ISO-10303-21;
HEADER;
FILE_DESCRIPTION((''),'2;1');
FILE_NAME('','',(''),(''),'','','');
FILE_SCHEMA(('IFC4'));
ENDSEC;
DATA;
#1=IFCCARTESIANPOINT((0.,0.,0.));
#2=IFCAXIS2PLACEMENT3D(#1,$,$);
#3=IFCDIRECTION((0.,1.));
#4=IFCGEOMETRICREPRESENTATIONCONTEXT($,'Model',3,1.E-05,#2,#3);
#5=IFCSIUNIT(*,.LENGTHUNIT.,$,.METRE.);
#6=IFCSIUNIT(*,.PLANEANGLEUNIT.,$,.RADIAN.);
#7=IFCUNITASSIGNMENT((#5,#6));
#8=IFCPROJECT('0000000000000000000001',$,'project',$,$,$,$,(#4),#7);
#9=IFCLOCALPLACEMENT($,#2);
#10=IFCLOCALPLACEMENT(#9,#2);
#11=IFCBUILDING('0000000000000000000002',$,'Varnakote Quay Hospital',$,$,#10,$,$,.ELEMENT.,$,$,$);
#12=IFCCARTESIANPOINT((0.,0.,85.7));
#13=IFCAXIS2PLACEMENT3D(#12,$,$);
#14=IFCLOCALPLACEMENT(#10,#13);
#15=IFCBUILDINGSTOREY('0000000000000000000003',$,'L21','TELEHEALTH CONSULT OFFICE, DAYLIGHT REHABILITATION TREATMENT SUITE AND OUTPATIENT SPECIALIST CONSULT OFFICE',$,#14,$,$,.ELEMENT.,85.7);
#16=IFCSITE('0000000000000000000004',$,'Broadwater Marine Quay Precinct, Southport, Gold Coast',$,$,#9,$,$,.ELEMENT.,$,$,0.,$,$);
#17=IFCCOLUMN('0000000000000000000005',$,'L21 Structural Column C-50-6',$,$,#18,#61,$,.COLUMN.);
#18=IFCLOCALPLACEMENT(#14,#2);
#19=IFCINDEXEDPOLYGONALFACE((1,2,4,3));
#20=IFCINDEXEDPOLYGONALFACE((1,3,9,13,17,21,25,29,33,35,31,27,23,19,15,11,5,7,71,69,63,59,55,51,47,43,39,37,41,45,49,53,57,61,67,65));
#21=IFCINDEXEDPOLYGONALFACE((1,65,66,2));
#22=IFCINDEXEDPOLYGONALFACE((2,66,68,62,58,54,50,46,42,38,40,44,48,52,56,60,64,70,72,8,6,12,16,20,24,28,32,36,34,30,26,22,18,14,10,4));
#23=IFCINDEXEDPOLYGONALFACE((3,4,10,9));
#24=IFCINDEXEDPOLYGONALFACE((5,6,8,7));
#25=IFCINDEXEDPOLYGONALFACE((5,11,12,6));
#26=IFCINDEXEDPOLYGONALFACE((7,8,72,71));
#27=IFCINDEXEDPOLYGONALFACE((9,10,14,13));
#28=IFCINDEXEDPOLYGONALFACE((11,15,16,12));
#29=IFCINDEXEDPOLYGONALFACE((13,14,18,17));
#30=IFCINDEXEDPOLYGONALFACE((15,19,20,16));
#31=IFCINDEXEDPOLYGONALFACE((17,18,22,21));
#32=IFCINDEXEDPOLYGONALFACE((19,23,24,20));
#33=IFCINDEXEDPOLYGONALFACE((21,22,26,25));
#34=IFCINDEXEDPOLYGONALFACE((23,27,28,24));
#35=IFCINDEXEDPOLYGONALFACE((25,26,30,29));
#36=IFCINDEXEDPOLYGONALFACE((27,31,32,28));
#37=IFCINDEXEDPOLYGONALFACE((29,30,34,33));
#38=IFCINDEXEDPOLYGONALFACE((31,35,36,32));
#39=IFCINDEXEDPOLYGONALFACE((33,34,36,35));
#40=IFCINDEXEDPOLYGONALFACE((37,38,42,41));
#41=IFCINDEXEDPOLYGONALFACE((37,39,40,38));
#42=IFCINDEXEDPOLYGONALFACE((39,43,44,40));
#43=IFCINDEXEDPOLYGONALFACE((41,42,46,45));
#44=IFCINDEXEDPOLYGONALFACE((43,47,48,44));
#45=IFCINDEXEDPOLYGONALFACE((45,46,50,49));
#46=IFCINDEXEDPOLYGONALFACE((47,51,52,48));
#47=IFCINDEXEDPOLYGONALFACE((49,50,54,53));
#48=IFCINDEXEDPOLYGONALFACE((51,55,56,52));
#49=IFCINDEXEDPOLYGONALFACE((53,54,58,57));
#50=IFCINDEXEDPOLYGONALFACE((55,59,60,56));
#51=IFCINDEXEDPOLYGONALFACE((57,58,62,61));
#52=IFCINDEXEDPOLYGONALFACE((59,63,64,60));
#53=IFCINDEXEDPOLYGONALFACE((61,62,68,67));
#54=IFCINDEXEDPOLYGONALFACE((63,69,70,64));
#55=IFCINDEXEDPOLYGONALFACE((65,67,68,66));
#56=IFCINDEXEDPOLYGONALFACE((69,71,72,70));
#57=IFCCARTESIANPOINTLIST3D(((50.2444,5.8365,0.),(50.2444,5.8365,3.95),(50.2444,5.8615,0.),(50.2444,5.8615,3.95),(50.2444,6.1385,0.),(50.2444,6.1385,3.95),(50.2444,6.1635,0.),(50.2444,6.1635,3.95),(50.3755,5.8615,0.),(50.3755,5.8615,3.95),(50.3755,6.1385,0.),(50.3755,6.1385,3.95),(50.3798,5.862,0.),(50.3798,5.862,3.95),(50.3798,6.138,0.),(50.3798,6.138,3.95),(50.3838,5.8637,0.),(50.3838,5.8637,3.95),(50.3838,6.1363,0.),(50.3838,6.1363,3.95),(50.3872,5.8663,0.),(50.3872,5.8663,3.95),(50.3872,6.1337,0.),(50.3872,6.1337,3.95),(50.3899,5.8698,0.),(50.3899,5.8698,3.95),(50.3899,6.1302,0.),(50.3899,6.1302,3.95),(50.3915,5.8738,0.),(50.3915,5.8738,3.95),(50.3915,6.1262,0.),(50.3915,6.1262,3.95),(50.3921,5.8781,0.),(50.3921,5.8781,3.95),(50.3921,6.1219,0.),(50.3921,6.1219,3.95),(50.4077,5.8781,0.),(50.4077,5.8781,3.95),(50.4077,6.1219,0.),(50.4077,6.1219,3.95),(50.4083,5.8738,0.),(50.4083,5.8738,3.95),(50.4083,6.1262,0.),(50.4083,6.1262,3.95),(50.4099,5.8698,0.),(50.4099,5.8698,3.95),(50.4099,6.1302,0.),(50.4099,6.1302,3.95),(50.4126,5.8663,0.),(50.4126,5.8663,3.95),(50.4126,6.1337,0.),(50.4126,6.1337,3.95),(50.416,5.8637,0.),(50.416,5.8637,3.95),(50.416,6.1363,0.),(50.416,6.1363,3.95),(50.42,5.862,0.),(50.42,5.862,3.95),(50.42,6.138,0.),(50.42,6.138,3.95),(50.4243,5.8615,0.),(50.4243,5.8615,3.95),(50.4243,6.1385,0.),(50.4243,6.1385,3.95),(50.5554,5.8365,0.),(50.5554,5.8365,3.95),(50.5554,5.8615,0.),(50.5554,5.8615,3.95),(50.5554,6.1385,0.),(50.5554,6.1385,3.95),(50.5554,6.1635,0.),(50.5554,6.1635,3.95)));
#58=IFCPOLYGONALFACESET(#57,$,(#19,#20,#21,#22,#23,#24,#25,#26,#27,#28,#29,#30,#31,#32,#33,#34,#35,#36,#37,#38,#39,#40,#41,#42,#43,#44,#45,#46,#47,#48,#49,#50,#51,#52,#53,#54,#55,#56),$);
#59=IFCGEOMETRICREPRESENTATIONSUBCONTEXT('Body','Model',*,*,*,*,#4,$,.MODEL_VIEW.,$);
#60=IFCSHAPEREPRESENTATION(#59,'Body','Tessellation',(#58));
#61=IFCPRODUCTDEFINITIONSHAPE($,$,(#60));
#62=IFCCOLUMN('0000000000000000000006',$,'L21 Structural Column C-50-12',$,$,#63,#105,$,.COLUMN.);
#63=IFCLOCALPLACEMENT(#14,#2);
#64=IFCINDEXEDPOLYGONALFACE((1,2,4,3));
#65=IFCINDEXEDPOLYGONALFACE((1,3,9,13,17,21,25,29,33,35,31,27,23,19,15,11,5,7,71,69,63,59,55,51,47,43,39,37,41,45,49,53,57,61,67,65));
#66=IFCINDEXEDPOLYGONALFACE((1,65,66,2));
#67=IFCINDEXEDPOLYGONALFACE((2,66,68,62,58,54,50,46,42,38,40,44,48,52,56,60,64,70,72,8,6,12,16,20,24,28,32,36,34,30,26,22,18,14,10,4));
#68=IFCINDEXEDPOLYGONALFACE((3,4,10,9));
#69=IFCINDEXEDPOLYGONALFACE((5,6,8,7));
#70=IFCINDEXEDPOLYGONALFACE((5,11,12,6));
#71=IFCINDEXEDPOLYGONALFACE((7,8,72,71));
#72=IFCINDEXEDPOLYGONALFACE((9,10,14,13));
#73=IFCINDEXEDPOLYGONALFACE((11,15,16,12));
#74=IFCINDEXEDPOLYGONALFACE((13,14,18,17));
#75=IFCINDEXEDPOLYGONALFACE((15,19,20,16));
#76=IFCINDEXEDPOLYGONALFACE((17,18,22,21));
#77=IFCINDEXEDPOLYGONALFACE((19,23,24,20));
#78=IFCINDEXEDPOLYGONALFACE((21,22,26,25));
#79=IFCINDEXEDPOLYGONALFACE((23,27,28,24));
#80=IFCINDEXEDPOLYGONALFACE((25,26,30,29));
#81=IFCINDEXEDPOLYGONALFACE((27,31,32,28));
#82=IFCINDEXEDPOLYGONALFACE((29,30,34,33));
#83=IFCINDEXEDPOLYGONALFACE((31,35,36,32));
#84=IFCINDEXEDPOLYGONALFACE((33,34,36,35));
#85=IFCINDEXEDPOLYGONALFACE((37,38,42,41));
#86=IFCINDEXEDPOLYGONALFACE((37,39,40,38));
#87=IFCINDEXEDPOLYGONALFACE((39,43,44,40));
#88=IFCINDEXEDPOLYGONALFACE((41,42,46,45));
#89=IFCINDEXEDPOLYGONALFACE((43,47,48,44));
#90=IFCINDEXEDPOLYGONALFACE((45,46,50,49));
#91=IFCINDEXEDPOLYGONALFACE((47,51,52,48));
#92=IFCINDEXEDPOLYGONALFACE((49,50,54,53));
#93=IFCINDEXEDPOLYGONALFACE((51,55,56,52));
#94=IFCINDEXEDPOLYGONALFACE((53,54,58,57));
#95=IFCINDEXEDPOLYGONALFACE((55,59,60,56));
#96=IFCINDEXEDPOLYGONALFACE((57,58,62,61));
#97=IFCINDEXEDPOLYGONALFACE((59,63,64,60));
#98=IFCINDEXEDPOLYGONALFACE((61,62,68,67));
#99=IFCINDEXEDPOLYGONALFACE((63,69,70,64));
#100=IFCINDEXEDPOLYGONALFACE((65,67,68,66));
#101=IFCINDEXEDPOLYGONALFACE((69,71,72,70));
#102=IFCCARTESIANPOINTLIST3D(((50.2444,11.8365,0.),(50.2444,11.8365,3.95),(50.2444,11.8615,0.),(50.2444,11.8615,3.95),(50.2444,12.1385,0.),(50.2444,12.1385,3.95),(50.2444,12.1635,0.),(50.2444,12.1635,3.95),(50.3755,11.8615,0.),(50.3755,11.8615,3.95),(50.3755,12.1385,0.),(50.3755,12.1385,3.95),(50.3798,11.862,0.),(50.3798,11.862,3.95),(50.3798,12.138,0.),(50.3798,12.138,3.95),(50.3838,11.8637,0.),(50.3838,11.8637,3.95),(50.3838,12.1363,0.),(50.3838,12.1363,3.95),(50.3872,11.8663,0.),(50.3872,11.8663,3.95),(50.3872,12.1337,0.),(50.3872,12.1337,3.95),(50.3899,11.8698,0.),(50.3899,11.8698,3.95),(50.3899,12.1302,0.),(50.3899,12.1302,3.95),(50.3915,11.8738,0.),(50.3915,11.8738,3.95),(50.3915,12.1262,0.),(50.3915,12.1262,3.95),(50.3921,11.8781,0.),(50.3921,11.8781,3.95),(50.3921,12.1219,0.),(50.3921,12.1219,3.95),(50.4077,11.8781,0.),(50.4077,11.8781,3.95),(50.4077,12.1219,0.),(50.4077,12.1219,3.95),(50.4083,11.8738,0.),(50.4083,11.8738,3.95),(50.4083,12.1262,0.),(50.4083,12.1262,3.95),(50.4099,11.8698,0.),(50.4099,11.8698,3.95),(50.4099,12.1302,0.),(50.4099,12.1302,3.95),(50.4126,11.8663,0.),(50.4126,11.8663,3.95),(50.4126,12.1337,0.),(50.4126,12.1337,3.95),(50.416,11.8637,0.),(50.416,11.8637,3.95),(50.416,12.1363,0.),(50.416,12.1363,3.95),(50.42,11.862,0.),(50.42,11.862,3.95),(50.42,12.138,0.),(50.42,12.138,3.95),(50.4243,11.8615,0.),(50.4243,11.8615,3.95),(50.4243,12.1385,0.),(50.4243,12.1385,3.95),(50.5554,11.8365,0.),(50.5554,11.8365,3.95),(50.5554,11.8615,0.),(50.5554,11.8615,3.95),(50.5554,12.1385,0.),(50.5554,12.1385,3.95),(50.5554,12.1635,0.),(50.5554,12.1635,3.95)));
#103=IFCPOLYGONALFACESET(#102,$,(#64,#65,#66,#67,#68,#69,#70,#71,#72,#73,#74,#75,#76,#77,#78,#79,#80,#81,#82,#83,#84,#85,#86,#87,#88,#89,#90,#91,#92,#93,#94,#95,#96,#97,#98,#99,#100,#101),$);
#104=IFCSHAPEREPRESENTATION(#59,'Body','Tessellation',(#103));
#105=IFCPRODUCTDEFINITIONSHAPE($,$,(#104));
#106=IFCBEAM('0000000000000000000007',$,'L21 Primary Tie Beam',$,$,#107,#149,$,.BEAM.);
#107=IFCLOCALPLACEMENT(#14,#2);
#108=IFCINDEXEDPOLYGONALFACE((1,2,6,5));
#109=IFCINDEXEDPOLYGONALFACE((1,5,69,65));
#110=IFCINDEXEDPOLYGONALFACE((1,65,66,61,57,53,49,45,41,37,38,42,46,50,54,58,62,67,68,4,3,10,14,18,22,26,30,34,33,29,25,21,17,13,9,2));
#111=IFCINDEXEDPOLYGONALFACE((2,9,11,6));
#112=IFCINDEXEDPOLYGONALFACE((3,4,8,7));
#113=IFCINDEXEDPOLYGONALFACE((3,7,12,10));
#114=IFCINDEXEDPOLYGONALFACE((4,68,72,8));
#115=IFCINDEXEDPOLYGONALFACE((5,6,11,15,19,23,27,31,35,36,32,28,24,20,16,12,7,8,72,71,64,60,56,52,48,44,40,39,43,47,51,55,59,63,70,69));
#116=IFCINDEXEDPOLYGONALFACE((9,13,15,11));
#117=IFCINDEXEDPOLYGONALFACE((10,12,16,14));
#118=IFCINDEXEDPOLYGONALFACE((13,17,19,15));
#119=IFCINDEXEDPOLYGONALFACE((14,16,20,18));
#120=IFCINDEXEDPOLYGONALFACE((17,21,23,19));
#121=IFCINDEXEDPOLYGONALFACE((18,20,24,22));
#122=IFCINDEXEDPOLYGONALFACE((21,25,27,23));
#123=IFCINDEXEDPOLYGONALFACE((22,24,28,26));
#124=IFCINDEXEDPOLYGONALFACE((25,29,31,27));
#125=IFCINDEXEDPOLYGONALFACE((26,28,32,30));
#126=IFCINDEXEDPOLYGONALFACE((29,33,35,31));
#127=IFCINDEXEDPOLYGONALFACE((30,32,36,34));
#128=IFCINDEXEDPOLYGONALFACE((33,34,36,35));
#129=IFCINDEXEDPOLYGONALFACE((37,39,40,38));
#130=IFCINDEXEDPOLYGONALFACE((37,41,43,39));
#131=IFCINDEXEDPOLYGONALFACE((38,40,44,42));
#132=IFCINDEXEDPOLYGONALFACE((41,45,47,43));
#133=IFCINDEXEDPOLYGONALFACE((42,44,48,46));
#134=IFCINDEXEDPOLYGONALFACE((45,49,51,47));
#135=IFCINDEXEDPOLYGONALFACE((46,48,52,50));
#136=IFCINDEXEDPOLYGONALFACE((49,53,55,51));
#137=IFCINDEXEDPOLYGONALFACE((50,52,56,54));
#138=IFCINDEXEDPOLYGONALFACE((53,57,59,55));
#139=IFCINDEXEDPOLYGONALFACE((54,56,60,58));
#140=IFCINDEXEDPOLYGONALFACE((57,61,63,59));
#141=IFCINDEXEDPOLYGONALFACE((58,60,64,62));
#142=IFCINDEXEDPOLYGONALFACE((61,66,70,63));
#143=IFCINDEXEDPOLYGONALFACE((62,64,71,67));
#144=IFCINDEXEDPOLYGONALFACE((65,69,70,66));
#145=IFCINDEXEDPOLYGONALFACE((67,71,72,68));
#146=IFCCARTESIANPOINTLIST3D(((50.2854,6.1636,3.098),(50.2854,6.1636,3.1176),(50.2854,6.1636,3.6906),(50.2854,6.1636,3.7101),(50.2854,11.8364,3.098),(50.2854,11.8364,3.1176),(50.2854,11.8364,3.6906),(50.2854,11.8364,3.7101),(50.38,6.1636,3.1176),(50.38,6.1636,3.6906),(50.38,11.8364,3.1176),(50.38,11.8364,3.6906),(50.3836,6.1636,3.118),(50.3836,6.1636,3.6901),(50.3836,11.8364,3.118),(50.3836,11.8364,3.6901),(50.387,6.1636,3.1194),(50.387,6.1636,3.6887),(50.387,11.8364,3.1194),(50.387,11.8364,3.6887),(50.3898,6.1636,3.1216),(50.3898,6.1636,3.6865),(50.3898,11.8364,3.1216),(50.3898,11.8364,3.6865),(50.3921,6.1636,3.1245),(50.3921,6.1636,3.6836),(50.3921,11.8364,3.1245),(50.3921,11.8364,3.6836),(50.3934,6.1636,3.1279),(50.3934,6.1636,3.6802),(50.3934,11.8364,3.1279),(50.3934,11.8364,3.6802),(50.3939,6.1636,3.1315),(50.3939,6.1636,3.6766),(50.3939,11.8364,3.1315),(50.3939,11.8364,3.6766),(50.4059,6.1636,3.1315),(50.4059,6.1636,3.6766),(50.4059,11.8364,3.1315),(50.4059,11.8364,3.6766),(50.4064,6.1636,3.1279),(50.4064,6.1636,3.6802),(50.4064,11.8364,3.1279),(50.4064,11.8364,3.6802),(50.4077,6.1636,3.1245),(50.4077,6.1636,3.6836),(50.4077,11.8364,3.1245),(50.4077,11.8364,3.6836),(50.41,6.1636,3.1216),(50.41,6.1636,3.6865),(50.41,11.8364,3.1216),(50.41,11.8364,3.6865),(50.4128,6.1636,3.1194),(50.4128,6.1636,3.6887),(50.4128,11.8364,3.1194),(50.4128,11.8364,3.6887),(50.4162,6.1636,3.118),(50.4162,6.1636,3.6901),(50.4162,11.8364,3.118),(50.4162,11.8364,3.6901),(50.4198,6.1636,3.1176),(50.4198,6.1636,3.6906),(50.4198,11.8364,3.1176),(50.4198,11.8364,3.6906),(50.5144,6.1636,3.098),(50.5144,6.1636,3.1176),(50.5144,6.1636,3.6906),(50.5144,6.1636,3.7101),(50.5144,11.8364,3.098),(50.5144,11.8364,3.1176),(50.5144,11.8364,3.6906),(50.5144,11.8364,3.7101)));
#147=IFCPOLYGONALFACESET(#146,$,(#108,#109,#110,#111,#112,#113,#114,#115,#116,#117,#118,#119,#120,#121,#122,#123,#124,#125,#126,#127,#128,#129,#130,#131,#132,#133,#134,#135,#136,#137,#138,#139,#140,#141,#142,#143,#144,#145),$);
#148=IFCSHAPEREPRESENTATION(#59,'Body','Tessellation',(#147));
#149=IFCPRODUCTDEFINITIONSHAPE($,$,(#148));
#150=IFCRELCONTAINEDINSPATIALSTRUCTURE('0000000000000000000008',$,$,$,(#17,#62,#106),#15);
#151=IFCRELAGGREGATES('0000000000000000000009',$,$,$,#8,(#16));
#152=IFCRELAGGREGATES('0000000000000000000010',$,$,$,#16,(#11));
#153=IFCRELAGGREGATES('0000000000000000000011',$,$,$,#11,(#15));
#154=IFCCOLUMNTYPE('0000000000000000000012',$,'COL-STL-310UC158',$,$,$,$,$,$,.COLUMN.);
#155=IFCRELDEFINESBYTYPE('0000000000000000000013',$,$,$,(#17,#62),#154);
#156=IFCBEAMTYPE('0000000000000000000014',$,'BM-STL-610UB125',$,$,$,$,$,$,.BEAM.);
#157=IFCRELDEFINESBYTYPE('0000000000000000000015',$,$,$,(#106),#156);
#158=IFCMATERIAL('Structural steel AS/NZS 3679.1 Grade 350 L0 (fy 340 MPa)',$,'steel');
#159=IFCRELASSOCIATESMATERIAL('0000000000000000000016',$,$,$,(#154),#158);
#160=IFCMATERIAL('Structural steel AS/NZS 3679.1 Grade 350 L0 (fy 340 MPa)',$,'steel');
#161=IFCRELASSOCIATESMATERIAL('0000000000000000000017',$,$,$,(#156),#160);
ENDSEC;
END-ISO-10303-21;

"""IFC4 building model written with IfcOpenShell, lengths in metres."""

from ifc_helpers import new_model, si_unit, direction, frame, origin, origin_2d, place, context, subcontext, project, spatial, i_section, extrude, material, material_profile, profile_set, type_object, element, save


model = new_model("IFC4")

# Units and contexts
model_context = context("Model", 3, precision=1e-05, world=origin(), true_north=direction((0.0, 1.0)))
body_context = subcontext(model_context, "Body", "Model", "MODEL_VIEW")
ifc_project = project(units=[si_unit("LENGTHUNIT", "METRE"), si_unit("PLANEANGLEUNIT", "RADIAN")], contexts=[model_context])

# Site, building, storey
site_placement = place(None, origin())
site = spatial("IfcSite", under=ifc_project, at=site_placement, Name="Broadwater Marine Quay Precinct, Southport, Gold Coast", CompositionType="ELEMENT", RefElevation=0.0)
building_placement = place(site_placement, origin())
building = spatial("IfcBuilding", under=site, at=building_placement, Name="Varnakote Quay Hospital", CompositionType="ELEMENT")
storey_placement = place(building_placement, frame((0.0, 0.0, 85.7)))
storey = spatial("IfcBuildingStorey", under=building, at=storey_placement, Name="L21", Description="TELEHEALTH CONSULT OFFICE, DAYLIGHT REHABILITATION TREATMENT SUITE AND OUTPATIENT SPECIALIST CONSULT OFFICE", CompositionType="ELEMENT", Elevation=85.7)

# Columns
ifc_material_1 = material(Name="Structural steel AS/NZS 3679.1 Grade 350 L0 (fy 340 MPa)", Category="steel")
ifc_material_profile_1 = material_profile(ifc_material_1, i_section(OverallWidth=0.311, OverallDepth=0.3269, WebThickness=0.0156, FlangeThickness=0.0249, FilletRadius=0.0166, at=origin_2d()), Name="310UC158")
ifc_profile_set_1 = profile_set([ifc_material_profile_1], Name="Structural steel AS/NZS 3679.1 Grade 350 L0 (fy 340 MPa)")
column_type = type_object("IfcColumnType", Name="COL-STL-310UC158", PredefinedType="COLUMN", material=ifc_profile_set_1)
for number, where, z_axis, x_axis, name in (
    (1, (50.3999, 6.0, 0.0), (0.0, 0.0, 1.0), (1.0, 0.0, 0.0), "L21 Structural Column C-50-6"),
    (2, (50.3999, 12.0, 0.0), (0.0, 0.0, 1.0), (1.0, 0.0, 0.0), "L21 Structural Column C-50-12"),
):
    element("IfcColumn", number, at=place(storey_placement, frame(where, z_axis=z_axis, x_axis=x_axis)), inside=storey, type_object=column_type, Name=name, PredefinedType="COLUMN", context=body_context, shape_type="SweptSolid", body=[
        extrude(i_section(OverallWidth=0.311, OverallDepth=0.3269, WebThickness=0.0156, FlangeThickness=0.0249, FilletRadius=0.0166, at=origin_2d()), origin(), (0.0, 0.0, 1.0), 3.95),
    ])

# Beam
ifc_material_2 = material(Name="Structural steel AS/NZS 3679.1 Grade 350 L0 (fy 340 MPa)", Category="steel")
ifc_material_profile_2 = material_profile(ifc_material_2, i_section(OverallWidth=0.229, OverallDepth=0.6121, WebThickness=0.012, FlangeThickness=0.0195, FilletRadius=0.0139, at=origin_2d()), Name="610UB125")
ifc_profile_set_2 = profile_set([ifc_material_profile_2], Name="Structural steel AS/NZS 3679.1 Grade 350 L0 (fy 340 MPa)")
beam_type = type_object("IfcBeamType", Name="BM-STL-610UB125", PredefinedType="BEAM", material=ifc_profile_set_2)
beam_placement = place(storey_placement, frame((50.3999, 6.1636, 3.4041), z_axis=(0.0, 1.0, 0.0), x_axis=(-1.0, 0.0, 0.0)))
element("IfcBeam", 3, at=beam_placement, inside=storey, type_object=beam_type, Name="L21 Primary Tie Beam", PredefinedType="BEAM", context=body_context, shape_type="SweptSolid", body=[
    extrude(i_section(OverallWidth=0.229, OverallDepth=0.6121, WebThickness=0.012, FlangeThickness=0.0195, FilletRadius=0.0139, at=origin_2d()), origin(), (0.0, 0.0, 1.0), 5.6729),
])

save(model, "model.ifc")
